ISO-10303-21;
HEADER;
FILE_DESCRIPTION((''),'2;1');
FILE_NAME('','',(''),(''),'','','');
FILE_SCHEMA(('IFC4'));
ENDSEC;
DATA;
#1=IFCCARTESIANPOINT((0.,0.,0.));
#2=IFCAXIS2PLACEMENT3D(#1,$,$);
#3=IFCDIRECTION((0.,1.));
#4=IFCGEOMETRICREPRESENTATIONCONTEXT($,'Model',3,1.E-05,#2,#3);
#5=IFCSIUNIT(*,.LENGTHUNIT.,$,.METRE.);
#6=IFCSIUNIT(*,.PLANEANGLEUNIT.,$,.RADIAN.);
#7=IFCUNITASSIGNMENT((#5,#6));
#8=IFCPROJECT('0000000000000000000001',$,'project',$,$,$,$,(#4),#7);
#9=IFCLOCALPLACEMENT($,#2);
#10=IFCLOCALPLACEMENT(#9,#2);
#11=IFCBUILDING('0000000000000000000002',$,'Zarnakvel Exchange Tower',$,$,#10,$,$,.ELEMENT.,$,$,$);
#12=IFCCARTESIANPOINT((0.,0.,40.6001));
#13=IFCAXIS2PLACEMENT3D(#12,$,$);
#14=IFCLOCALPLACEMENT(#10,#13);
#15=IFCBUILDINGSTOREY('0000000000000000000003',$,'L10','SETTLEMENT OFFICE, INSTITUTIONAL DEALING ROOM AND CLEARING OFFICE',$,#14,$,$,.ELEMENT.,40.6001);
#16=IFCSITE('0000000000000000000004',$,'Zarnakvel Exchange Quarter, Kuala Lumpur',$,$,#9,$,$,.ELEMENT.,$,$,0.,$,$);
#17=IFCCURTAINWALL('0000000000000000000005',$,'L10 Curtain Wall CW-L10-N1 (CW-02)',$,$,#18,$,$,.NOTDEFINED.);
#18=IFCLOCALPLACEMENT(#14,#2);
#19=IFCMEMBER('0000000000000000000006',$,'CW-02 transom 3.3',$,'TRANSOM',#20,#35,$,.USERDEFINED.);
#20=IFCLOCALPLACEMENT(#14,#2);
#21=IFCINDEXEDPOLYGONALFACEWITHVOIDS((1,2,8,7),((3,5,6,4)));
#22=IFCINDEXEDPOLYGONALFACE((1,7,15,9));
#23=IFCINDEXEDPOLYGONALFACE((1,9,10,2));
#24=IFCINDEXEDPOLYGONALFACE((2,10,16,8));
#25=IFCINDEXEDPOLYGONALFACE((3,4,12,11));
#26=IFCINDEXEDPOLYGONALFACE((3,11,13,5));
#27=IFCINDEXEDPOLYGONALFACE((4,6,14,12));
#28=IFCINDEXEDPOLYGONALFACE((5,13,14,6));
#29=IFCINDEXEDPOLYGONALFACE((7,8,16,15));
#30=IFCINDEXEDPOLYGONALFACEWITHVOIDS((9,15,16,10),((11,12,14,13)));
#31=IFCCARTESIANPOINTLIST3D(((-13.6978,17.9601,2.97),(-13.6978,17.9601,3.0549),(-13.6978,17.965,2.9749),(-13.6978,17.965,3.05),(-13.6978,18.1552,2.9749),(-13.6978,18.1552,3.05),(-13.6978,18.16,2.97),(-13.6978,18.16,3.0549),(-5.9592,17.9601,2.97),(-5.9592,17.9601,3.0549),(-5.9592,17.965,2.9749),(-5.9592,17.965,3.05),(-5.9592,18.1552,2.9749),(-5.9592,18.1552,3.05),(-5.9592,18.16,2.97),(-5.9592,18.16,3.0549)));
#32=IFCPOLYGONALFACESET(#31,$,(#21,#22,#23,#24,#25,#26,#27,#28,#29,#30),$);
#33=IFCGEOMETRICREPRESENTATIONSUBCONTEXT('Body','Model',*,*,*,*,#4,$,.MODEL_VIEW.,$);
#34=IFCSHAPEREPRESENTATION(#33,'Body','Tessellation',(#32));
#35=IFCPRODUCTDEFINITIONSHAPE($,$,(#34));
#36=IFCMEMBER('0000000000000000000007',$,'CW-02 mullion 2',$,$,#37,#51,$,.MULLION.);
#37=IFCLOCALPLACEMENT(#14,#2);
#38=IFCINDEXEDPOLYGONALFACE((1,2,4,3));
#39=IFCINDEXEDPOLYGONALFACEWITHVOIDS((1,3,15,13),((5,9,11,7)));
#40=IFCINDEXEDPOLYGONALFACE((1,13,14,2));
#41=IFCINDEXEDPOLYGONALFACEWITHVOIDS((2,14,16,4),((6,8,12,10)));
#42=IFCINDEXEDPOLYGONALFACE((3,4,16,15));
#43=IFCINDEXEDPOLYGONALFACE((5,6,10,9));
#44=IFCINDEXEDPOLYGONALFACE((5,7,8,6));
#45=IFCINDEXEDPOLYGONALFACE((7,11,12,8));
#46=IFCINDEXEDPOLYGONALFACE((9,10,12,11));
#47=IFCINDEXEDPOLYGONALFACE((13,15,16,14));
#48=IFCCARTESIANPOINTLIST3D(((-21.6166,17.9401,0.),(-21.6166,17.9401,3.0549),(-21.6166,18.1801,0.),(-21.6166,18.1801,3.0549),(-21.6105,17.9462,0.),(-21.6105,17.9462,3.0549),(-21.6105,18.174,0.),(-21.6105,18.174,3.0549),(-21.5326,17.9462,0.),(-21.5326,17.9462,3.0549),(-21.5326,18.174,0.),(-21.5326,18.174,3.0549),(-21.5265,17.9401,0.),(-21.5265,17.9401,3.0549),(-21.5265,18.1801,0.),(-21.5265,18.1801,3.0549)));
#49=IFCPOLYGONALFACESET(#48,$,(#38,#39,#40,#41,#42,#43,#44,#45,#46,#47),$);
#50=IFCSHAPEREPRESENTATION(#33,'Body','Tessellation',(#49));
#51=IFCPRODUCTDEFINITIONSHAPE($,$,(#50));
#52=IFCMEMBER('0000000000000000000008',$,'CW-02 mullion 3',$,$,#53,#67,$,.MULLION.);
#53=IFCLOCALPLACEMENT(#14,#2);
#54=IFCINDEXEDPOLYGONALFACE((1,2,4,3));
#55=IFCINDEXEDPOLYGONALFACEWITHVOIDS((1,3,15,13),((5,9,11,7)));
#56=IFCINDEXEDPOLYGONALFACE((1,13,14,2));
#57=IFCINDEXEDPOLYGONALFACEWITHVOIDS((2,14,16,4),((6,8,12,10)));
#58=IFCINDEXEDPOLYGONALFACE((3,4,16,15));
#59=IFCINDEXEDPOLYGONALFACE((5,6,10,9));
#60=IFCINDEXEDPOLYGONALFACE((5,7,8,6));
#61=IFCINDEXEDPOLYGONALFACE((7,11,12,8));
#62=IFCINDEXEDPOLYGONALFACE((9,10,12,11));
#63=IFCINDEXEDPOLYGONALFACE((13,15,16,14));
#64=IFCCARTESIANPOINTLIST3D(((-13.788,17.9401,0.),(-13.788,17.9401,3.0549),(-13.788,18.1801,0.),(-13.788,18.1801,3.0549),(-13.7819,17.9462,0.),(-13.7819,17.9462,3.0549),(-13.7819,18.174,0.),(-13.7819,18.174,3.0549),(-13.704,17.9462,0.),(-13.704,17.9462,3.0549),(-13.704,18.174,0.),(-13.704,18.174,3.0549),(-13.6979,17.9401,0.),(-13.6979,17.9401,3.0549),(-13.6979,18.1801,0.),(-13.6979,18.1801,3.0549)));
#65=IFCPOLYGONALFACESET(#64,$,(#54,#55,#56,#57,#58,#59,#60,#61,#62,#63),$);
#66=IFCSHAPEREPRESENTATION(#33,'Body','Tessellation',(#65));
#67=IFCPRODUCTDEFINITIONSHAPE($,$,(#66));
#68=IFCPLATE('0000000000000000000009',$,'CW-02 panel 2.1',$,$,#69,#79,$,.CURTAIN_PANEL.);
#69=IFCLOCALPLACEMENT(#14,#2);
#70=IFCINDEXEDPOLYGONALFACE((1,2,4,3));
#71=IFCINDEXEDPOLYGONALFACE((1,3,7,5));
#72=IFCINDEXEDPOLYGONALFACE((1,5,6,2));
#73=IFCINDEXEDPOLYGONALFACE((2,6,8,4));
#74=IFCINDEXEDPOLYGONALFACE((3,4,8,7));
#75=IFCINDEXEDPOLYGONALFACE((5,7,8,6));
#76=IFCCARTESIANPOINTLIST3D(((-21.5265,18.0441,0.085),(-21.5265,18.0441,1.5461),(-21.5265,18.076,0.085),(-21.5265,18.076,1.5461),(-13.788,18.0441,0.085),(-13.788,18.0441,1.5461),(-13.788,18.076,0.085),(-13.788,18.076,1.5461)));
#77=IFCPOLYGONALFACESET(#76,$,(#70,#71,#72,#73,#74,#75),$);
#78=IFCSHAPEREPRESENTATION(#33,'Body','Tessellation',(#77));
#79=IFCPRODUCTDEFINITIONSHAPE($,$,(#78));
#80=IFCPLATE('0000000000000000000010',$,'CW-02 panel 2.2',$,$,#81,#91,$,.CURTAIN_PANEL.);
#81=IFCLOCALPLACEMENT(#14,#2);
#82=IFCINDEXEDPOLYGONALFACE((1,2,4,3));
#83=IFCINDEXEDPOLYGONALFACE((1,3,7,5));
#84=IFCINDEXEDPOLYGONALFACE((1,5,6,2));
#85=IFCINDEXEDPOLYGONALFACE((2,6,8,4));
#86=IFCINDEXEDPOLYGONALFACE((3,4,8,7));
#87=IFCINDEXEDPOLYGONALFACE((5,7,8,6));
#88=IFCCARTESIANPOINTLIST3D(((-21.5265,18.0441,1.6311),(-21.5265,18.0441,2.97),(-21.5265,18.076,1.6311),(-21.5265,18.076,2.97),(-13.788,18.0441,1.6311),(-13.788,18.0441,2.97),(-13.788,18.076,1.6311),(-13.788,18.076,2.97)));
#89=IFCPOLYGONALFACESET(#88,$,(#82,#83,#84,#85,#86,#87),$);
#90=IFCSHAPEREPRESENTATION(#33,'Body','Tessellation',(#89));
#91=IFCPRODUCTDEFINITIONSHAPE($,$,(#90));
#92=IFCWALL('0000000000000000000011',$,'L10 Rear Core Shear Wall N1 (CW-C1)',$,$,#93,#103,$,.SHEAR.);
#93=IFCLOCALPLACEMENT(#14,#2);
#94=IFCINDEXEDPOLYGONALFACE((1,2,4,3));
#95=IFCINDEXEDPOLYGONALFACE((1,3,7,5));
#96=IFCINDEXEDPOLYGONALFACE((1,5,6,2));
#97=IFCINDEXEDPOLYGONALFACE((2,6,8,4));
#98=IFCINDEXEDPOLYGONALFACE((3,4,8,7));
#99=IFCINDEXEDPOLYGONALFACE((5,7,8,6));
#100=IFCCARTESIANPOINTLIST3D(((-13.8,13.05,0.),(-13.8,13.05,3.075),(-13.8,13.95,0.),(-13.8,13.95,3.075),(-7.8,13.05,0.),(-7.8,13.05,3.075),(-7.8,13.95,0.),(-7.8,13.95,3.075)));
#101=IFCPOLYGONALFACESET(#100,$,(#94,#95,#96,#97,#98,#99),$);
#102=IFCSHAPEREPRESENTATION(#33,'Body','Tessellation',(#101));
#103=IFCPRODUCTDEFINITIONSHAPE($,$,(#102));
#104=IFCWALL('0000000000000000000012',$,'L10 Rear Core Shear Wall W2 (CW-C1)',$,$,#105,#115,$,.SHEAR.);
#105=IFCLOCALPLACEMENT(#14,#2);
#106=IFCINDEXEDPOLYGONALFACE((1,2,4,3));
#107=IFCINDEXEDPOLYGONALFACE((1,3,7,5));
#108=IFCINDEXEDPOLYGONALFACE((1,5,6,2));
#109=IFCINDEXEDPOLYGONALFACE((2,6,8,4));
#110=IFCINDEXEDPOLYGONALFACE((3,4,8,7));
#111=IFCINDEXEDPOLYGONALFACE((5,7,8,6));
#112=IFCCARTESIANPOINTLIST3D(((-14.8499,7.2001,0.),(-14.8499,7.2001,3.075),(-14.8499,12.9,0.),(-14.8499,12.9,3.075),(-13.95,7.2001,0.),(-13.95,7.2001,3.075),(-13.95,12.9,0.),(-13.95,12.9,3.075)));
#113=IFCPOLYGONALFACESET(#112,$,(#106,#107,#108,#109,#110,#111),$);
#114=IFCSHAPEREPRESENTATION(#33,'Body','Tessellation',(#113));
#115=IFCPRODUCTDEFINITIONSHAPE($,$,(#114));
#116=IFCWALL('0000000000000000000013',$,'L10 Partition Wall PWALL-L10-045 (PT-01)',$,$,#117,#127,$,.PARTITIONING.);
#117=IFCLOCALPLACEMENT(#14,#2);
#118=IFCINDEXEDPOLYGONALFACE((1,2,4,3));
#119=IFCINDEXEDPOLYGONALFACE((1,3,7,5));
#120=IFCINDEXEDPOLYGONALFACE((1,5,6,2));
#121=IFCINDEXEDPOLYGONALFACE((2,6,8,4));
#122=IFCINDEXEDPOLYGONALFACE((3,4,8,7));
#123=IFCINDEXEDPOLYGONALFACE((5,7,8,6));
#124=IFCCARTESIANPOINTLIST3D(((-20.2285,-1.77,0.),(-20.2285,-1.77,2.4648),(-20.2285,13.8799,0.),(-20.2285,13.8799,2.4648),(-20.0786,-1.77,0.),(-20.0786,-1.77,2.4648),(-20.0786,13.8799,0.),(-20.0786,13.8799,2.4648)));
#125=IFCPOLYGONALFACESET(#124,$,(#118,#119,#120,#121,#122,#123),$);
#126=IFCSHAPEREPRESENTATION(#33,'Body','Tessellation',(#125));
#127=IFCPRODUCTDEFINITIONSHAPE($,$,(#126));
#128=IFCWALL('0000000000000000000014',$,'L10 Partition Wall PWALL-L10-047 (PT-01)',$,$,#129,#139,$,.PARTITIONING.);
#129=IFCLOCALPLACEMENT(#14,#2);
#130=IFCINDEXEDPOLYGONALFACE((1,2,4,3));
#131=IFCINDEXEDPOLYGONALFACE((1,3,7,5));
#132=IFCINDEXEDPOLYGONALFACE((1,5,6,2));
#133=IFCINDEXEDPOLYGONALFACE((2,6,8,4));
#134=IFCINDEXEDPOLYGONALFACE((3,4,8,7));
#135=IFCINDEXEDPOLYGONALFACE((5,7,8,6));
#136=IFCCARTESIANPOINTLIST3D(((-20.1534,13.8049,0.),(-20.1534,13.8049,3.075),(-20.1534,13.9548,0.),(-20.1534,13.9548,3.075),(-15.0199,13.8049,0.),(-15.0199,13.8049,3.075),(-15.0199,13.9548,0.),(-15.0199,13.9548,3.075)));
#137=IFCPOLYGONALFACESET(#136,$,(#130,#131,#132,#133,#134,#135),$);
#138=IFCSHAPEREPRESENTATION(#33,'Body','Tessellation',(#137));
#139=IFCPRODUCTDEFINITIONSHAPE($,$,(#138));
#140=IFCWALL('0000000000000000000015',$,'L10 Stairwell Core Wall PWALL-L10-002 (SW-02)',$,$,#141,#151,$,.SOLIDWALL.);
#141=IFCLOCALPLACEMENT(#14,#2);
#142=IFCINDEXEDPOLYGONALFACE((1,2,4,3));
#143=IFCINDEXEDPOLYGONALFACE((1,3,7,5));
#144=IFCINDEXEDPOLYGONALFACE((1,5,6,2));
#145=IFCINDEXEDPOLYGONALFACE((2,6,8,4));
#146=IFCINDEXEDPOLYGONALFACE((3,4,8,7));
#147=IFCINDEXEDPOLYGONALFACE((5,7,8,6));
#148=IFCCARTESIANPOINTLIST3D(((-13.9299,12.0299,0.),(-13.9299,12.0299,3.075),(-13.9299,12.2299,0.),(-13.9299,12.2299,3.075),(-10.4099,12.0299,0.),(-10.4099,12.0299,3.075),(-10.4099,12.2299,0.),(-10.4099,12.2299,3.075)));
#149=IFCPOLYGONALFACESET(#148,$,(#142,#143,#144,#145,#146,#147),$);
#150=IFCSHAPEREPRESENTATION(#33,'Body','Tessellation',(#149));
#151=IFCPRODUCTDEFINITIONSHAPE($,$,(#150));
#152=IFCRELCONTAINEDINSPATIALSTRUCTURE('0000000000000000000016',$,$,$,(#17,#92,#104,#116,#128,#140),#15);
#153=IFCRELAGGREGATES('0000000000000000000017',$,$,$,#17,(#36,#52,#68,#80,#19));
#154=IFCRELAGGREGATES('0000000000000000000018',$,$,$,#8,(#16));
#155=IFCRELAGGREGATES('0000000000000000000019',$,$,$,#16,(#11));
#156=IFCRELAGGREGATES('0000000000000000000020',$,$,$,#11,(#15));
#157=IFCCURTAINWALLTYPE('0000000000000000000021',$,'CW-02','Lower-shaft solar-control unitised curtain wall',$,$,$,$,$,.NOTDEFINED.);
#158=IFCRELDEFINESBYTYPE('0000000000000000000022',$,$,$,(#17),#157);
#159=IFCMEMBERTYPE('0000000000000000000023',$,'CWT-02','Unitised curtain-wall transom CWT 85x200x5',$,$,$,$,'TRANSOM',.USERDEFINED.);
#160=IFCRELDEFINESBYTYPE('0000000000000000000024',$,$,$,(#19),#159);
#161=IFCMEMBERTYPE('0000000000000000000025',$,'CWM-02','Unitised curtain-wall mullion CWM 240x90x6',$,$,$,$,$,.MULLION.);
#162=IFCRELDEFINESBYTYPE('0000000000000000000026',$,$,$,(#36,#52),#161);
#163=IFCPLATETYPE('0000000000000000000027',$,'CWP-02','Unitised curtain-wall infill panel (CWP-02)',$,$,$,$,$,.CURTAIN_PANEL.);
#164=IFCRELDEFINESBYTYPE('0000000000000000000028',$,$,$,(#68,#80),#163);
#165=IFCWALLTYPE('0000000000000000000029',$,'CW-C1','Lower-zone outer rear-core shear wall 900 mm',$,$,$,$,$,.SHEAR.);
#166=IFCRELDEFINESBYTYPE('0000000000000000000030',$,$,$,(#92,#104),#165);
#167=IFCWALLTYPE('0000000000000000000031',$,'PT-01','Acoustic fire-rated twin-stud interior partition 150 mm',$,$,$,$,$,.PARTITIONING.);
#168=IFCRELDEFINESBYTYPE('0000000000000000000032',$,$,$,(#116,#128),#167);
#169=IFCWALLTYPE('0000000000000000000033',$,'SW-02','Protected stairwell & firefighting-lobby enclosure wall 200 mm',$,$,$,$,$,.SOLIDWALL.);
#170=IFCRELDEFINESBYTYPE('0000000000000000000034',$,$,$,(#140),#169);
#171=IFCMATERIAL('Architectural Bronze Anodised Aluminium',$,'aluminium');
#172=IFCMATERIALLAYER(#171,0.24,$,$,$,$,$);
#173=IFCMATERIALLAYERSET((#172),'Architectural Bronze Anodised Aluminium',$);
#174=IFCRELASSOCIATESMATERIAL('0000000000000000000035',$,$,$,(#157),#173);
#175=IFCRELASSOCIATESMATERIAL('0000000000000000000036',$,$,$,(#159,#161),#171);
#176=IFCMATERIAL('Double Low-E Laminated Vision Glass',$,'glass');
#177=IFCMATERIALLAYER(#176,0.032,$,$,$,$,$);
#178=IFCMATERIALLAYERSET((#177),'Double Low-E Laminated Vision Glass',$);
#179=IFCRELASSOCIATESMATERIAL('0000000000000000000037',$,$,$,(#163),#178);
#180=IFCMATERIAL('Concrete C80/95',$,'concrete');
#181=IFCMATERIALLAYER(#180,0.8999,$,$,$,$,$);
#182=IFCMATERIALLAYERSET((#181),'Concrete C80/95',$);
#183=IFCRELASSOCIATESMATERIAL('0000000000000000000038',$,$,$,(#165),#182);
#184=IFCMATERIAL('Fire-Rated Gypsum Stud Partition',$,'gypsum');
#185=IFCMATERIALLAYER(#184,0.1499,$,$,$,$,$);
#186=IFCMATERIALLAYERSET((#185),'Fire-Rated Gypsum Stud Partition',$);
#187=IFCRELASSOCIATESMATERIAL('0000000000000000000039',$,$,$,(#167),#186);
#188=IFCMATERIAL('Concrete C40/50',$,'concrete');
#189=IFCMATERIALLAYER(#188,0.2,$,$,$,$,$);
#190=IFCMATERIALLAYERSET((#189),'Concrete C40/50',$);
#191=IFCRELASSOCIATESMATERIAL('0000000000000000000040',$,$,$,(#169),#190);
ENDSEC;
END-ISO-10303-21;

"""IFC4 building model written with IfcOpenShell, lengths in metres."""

from ifc_helpers import new_model, si_unit, direction, frame, frame_2d, origin, origin_2d, place, context, subcontext, project, spatial, rectangle, hollow_rectangle, extrude, source, transform, mapped, material, layer, layer_set, material_profile, profile_set, type_object, element, aggregate, save


model = new_model("IFC4")

# Units and contexts
model_context = context("Model", 3, precision=1e-05, world=origin(), true_north=direction((0.0, 1.0)))
body_context = subcontext(model_context, "Body", "Model", "MODEL_VIEW")
ifc_project = project(units=[si_unit("LENGTHUNIT", "METRE"), si_unit("PLANEANGLEUNIT", "RADIAN")], contexts=[model_context])

# Site, building, storey
site_placement = place(None, origin())
site = spatial("IfcSite", under=ifc_project, at=site_placement, Name="Zarnakvel Exchange Quarter, Kuala Lumpur", CompositionType="ELEMENT", RefElevation=0.0)
building_placement = place(site_placement, origin())
building = spatial("IfcBuilding", under=site, at=building_placement, Name="Zarnakvel Exchange Tower", CompositionType="ELEMENT")
storey_placement = place(building_placement, frame((0.0, 0.0, 40.6001)))
storey = spatial("IfcBuildingStorey", under=building, at=storey_placement, Name="L10", Description="SETTLEMENT OFFICE, INSTITUTIONAL DEALING ROOM AND CLEARING OFFICE", CompositionType="ELEMENT", Elevation=40.6001)

# Shared definitions
ifc_material_1 = material(Name="Concrete C80/95", Category="concrete")

# Curtain wall, members, plates
ifc_material_2 = material(Name="Architectural Bronze Anodised Aluminium", Category="aluminium")
ifc_layer_1 = layer(ifc_material_2, 0.24)
ifc_layer_set_1 = layer_set([ifc_layer_1], Name="Architectural Bronze Anodised Aluminium")
curtain_wall_type = type_object("IfcCurtainWallType", Name="CW-02", Description="Lower-shaft solar-control unitised curtain wall", PredefinedType="NOTDEFINED", material=ifc_layer_set_1)
curtain_wall_placement = place(storey_placement, origin())
curtain_wall = element("IfcCurtainWall", 1, at=curtain_wall_placement, inside=storey, type_object=curtain_wall_type, Name="L10 Curtain Wall CW-L10-N1 (CW-02)", PredefinedType="NOTDEFINED")
ifc_material_profile_1 = material_profile(ifc_material_2, hollow_rectangle(XDim=0.2, YDim=0.085, WallThickness=0.0049, at=origin_2d()))
ifc_profile_set_1 = profile_set([ifc_material_profile_1], Name="Architectural Bronze Anodised Aluminium")
member_type_1 = type_object("IfcMemberType", Name="CWT-02", Description="Unitised curtain-wall transom CWT 85x200x5", ElementType="TRANSOM", PredefinedType="USERDEFINED", material=ifc_profile_set_1)
shared_shape_1 = source(origin(), body_context, "Body", "SweptSolid", [
    extrude(hollow_rectangle(XDim=0.2, YDim=0.085, WallThickness=0.0049, at=origin_2d()), origin(), (0.0, 0.0, 1.0), 7.7385),
])
member_1_placement = place(storey_placement, frame((-13.6978, 18.0601, 3.0125), z_axis=(1.0, 0.0, 0.0), x_axis=(0.0, 1.0, 0.0)))
member_1 = element("IfcMember", 2, at=member_1_placement, type_object=member_type_1, Name="CW-02 transom 3.3", ObjectType="TRANSOM", PredefinedType="USERDEFINED", context=body_context, shape_type="MappedRepresentation", body=[
    mapped(shared_shape_1, transform((0.0, 0.0, 0.0), x_axis=(1.0, 0.0, 0.0), y_axis=(0.0, 1.0, 0.0), z_axis=(0.0, 0.0, 1.0), scale=1.0)),
])
ifc_material_profile_2 = material_profile(ifc_material_2, hollow_rectangle(XDim=0.24, YDim=0.0901, WallThickness=0.0061, at=origin_2d()))
ifc_profile_set_2 = profile_set([ifc_material_profile_2], Name="Architectural Bronze Anodised Aluminium")
member_type_2 = type_object("IfcMemberType", Name="CWM-02", Description="Unitised curtain-wall mullion CWM 240x90x6", PredefinedType="MULLION", material=ifc_profile_set_2)
shared_shape_2 = source(origin(), body_context, "Body", "SweptSolid", [
    extrude(hollow_rectangle(XDim=0.24, YDim=0.0901, WallThickness=0.0061, at=origin_2d()), origin(), (0.0, 0.0, 1.0), 3.0549),
])
member_2_placement = place(storey_placement, frame((-21.5715, 18.0601, 0.0), z_axis=(0.0, 0.0, 1.0), x_axis=(0.0, 1.0, 0.0)))
member_2 = element("IfcMember", 3, at=member_2_placement, type_object=member_type_2, Name="CW-02 mullion 2", PredefinedType="MULLION", context=body_context, shape_type="MappedRepresentation", body=[
    mapped(shared_shape_2, transform((0.0, 0.0, 0.0), x_axis=(1.0, 0.0, 0.0), y_axis=(0.0, 1.0, 0.0), z_axis=(0.0, 0.0, 1.0), scale=1.0)),
])
member_3_placement = place(storey_placement, frame((-13.7429, 18.0601, 0.0), z_axis=(0.0, 0.0, 1.0), x_axis=(0.0, 1.0, 0.0)))
member_3 = element("IfcMember", 4, at=member_3_placement, type_object=member_type_2, Name="CW-02 mullion 3", PredefinedType="MULLION", context=body_context, shape_type="MappedRepresentation", body=[
    mapped(shared_shape_2, transform((0.0, 0.0, 0.0), x_axis=(1.0, 0.0, 0.0), y_axis=(0.0, 1.0, 0.0), z_axis=(0.0, 0.0, 1.0), scale=1.0)),
])
ifc_material_3 = material(Name="Double Low-E Laminated Vision Glass", Category="glass")
ifc_layer_2 = layer(ifc_material_3, 0.032)
ifc_layer_set_2 = layer_set([ifc_layer_2], Name="Double Low-E Laminated Vision Glass")
plate_type = type_object("IfcPlateType", Name="CWP-02", Description="Unitised curtain-wall infill panel (CWP-02)", PredefinedType="CURTAIN_PANEL", material=ifc_layer_set_2)
shared_shape_3 = source(origin(), body_context, "Body", "SweptSolid", [
    extrude(rectangle(XDim=7.7385, YDim=0.032, at=origin_2d()), origin(), (0.0, 0.0, 1.0), 1.4612),
])
plate_1_placement = place(storey_placement, frame((-17.6572, 18.0601, 0.085), z_axis=(0.0, 0.0, 1.0), x_axis=(1.0, 0.0, 0.0)))
plate_1 = element("IfcPlate", 5, at=plate_1_placement, type_object=plate_type, Name="CW-02 panel 2.1", PredefinedType="CURTAIN_PANEL", context=body_context, shape_type="MappedRepresentation", body=[
    mapped(shared_shape_3, transform((0.0, 0.0, 0.0), x_axis=(1.0, 0.0, 0.0), y_axis=(0.0, 1.0, 0.0), z_axis=(0.0, 0.0, 1.0), scale=1.0)),
])
shared_shape_4 = source(origin(), body_context, "Body", "SweptSolid", [
    extrude(rectangle(XDim=7.7385, YDim=0.032, at=origin_2d()), origin(), (0.0, 0.0, 1.0), 1.3389),
])
plate_2_placement = place(storey_placement, frame((-17.6572, 18.0601, 1.6311), z_axis=(0.0, 0.0, 1.0), x_axis=(1.0, 0.0, 0.0)))
plate_2 = element("IfcPlate", 6, at=plate_2_placement, type_object=plate_type, Name="CW-02 panel 2.2", PredefinedType="CURTAIN_PANEL", context=body_context, shape_type="MappedRepresentation", body=[
    mapped(shared_shape_4, transform((0.0, 0.0, 0.0), x_axis=(1.0, 0.0, 0.0), y_axis=(0.0, 1.0, 0.0), z_axis=(0.0, 0.0, 1.0), scale=1.0)),
])
aggregate(curtain_wall, [member_2, member_3, plate_1, plate_2, member_1])

# Walls
ifc_layer_3 = layer(ifc_material_1, 0.8999)
ifc_layer_set_3 = layer_set([ifc_layer_3], Name="Concrete C80/95")
wall_type_1 = type_object("IfcWallType", Name="CW-C1", Description="Lower-zone outer rear-core shear wall 900 mm", PredefinedType="SHEAR", material=ifc_layer_set_3)
wall_1_placement = place(storey_placement, frame((-13.8, 13.5, 0.0), z_axis=(0.0, 0.0, 1.0), x_axis=(1.0, 0.0, 0.0)))
element("IfcWall", 7, at=wall_1_placement, inside=storey, type_object=wall_type_1, Name="L10 Rear Core Shear Wall N1 (CW-C1)", PredefinedType="SHEAR", context=body_context, shape_type="SweptSolid", body=[
    extrude(rectangle(XDim=6.0, YDim=0.8999, at=frame_2d((3.0, 0.0))), origin(), (0.0, 0.0, 1.0), 3.075),
])
wall_2_placement = place(storey_placement, frame((-14.3999, 7.2, 0.0), z_axis=(0.0, 0.0, 1.0), x_axis=(0.0, 1.0, 0.0)))
element("IfcWall", 8, at=wall_2_placement, inside=storey, type_object=wall_type_1, Name="L10 Rear Core Shear Wall W2 (CW-C1)", PredefinedType="SHEAR", context=body_context, shape_type="SweptSolid", body=[
    extrude(rectangle(XDim=5.7, YDim=0.8999, at=frame_2d((2.8501, 0.0))), origin(), (0.0, 0.0, 1.0), 3.075),
])
ifc_material_4 = material(Name="Fire-Rated Gypsum Stud Partition", Category="gypsum")
ifc_layer_4 = layer(ifc_material_4, 0.1499)
ifc_layer_set_4 = layer_set([ifc_layer_4], Name="Fire-Rated Gypsum Stud Partition")
wall_type_2 = type_object("IfcWallType", Name="PT-01", Description="Acoustic fire-rated twin-stud interior partition 150 mm", PredefinedType="PARTITIONING", material=ifc_layer_set_4)
wall_3_placement = place(storey_placement, frame((-20.1536, 13.8799, 0.0), z_axis=(0.0, 0.0, 1.0), x_axis=(0.0, -1.0, 0.0)))
element("IfcWall", 9, at=wall_3_placement, inside=storey, type_object=wall_type_2, Name="L10 Partition Wall PWALL-L10-045 (PT-01)", PredefinedType="PARTITIONING", context=body_context, shape_type="SweptSolid", body=[
    extrude(rectangle(XDim=15.6499, YDim=0.1499, at=frame_2d((7.825, 0.0))), origin(), (0.0, 0.0, 1.0), 2.4648),
])
wall_4_placement = place(storey_placement, frame((-20.1536, 13.8799, 0.0), z_axis=(0.0, 0.0, 1.0), x_axis=(1.0, 0.0, 0.0)))
element("IfcWall", 10, at=wall_4_placement, inside=storey, type_object=wall_type_2, Name="L10 Partition Wall PWALL-L10-047 (PT-01)", PredefinedType="PARTITIONING", context=body_context, shape_type="SweptSolid", body=[
    extrude(rectangle(XDim=5.1335, YDim=0.1499, at=frame_2d((2.5669, 0.0))), origin(), (0.0, 0.0, 1.0), 3.075),
])
ifc_material_5 = material(Name="Concrete C40/50", Category="concrete")
ifc_layer_5 = layer(ifc_material_5, 0.2)
ifc_layer_set_5 = layer_set([ifc_layer_5], Name="Concrete C40/50")
wall_type_3 = type_object("IfcWallType", Name="SW-02", Description="Protected stairwell & firefighting-lobby enclosure wall 200 mm", PredefinedType="SOLIDWALL", material=ifc_layer_set_5)
wall_5_placement = place(storey_placement, frame((-13.9299, 12.1299, 0.0), z_axis=(0.0, 0.0, 1.0), x_axis=(1.0, 0.0, 0.0)))
element("IfcWall", 11, at=wall_5_placement, inside=storey, type_object=wall_type_3, Name="L10 Stairwell Core Wall PWALL-L10-002 (SW-02)", PredefinedType="SOLIDWALL", context=body_context, shape_type="SweptSolid", body=[
    extrude(rectangle(XDim=3.52, YDim=0.2, at=frame_2d((1.76, 0.0))), origin(), (0.0, 0.0, 1.0), 3.075),
])

save(model, "model.ifc")
